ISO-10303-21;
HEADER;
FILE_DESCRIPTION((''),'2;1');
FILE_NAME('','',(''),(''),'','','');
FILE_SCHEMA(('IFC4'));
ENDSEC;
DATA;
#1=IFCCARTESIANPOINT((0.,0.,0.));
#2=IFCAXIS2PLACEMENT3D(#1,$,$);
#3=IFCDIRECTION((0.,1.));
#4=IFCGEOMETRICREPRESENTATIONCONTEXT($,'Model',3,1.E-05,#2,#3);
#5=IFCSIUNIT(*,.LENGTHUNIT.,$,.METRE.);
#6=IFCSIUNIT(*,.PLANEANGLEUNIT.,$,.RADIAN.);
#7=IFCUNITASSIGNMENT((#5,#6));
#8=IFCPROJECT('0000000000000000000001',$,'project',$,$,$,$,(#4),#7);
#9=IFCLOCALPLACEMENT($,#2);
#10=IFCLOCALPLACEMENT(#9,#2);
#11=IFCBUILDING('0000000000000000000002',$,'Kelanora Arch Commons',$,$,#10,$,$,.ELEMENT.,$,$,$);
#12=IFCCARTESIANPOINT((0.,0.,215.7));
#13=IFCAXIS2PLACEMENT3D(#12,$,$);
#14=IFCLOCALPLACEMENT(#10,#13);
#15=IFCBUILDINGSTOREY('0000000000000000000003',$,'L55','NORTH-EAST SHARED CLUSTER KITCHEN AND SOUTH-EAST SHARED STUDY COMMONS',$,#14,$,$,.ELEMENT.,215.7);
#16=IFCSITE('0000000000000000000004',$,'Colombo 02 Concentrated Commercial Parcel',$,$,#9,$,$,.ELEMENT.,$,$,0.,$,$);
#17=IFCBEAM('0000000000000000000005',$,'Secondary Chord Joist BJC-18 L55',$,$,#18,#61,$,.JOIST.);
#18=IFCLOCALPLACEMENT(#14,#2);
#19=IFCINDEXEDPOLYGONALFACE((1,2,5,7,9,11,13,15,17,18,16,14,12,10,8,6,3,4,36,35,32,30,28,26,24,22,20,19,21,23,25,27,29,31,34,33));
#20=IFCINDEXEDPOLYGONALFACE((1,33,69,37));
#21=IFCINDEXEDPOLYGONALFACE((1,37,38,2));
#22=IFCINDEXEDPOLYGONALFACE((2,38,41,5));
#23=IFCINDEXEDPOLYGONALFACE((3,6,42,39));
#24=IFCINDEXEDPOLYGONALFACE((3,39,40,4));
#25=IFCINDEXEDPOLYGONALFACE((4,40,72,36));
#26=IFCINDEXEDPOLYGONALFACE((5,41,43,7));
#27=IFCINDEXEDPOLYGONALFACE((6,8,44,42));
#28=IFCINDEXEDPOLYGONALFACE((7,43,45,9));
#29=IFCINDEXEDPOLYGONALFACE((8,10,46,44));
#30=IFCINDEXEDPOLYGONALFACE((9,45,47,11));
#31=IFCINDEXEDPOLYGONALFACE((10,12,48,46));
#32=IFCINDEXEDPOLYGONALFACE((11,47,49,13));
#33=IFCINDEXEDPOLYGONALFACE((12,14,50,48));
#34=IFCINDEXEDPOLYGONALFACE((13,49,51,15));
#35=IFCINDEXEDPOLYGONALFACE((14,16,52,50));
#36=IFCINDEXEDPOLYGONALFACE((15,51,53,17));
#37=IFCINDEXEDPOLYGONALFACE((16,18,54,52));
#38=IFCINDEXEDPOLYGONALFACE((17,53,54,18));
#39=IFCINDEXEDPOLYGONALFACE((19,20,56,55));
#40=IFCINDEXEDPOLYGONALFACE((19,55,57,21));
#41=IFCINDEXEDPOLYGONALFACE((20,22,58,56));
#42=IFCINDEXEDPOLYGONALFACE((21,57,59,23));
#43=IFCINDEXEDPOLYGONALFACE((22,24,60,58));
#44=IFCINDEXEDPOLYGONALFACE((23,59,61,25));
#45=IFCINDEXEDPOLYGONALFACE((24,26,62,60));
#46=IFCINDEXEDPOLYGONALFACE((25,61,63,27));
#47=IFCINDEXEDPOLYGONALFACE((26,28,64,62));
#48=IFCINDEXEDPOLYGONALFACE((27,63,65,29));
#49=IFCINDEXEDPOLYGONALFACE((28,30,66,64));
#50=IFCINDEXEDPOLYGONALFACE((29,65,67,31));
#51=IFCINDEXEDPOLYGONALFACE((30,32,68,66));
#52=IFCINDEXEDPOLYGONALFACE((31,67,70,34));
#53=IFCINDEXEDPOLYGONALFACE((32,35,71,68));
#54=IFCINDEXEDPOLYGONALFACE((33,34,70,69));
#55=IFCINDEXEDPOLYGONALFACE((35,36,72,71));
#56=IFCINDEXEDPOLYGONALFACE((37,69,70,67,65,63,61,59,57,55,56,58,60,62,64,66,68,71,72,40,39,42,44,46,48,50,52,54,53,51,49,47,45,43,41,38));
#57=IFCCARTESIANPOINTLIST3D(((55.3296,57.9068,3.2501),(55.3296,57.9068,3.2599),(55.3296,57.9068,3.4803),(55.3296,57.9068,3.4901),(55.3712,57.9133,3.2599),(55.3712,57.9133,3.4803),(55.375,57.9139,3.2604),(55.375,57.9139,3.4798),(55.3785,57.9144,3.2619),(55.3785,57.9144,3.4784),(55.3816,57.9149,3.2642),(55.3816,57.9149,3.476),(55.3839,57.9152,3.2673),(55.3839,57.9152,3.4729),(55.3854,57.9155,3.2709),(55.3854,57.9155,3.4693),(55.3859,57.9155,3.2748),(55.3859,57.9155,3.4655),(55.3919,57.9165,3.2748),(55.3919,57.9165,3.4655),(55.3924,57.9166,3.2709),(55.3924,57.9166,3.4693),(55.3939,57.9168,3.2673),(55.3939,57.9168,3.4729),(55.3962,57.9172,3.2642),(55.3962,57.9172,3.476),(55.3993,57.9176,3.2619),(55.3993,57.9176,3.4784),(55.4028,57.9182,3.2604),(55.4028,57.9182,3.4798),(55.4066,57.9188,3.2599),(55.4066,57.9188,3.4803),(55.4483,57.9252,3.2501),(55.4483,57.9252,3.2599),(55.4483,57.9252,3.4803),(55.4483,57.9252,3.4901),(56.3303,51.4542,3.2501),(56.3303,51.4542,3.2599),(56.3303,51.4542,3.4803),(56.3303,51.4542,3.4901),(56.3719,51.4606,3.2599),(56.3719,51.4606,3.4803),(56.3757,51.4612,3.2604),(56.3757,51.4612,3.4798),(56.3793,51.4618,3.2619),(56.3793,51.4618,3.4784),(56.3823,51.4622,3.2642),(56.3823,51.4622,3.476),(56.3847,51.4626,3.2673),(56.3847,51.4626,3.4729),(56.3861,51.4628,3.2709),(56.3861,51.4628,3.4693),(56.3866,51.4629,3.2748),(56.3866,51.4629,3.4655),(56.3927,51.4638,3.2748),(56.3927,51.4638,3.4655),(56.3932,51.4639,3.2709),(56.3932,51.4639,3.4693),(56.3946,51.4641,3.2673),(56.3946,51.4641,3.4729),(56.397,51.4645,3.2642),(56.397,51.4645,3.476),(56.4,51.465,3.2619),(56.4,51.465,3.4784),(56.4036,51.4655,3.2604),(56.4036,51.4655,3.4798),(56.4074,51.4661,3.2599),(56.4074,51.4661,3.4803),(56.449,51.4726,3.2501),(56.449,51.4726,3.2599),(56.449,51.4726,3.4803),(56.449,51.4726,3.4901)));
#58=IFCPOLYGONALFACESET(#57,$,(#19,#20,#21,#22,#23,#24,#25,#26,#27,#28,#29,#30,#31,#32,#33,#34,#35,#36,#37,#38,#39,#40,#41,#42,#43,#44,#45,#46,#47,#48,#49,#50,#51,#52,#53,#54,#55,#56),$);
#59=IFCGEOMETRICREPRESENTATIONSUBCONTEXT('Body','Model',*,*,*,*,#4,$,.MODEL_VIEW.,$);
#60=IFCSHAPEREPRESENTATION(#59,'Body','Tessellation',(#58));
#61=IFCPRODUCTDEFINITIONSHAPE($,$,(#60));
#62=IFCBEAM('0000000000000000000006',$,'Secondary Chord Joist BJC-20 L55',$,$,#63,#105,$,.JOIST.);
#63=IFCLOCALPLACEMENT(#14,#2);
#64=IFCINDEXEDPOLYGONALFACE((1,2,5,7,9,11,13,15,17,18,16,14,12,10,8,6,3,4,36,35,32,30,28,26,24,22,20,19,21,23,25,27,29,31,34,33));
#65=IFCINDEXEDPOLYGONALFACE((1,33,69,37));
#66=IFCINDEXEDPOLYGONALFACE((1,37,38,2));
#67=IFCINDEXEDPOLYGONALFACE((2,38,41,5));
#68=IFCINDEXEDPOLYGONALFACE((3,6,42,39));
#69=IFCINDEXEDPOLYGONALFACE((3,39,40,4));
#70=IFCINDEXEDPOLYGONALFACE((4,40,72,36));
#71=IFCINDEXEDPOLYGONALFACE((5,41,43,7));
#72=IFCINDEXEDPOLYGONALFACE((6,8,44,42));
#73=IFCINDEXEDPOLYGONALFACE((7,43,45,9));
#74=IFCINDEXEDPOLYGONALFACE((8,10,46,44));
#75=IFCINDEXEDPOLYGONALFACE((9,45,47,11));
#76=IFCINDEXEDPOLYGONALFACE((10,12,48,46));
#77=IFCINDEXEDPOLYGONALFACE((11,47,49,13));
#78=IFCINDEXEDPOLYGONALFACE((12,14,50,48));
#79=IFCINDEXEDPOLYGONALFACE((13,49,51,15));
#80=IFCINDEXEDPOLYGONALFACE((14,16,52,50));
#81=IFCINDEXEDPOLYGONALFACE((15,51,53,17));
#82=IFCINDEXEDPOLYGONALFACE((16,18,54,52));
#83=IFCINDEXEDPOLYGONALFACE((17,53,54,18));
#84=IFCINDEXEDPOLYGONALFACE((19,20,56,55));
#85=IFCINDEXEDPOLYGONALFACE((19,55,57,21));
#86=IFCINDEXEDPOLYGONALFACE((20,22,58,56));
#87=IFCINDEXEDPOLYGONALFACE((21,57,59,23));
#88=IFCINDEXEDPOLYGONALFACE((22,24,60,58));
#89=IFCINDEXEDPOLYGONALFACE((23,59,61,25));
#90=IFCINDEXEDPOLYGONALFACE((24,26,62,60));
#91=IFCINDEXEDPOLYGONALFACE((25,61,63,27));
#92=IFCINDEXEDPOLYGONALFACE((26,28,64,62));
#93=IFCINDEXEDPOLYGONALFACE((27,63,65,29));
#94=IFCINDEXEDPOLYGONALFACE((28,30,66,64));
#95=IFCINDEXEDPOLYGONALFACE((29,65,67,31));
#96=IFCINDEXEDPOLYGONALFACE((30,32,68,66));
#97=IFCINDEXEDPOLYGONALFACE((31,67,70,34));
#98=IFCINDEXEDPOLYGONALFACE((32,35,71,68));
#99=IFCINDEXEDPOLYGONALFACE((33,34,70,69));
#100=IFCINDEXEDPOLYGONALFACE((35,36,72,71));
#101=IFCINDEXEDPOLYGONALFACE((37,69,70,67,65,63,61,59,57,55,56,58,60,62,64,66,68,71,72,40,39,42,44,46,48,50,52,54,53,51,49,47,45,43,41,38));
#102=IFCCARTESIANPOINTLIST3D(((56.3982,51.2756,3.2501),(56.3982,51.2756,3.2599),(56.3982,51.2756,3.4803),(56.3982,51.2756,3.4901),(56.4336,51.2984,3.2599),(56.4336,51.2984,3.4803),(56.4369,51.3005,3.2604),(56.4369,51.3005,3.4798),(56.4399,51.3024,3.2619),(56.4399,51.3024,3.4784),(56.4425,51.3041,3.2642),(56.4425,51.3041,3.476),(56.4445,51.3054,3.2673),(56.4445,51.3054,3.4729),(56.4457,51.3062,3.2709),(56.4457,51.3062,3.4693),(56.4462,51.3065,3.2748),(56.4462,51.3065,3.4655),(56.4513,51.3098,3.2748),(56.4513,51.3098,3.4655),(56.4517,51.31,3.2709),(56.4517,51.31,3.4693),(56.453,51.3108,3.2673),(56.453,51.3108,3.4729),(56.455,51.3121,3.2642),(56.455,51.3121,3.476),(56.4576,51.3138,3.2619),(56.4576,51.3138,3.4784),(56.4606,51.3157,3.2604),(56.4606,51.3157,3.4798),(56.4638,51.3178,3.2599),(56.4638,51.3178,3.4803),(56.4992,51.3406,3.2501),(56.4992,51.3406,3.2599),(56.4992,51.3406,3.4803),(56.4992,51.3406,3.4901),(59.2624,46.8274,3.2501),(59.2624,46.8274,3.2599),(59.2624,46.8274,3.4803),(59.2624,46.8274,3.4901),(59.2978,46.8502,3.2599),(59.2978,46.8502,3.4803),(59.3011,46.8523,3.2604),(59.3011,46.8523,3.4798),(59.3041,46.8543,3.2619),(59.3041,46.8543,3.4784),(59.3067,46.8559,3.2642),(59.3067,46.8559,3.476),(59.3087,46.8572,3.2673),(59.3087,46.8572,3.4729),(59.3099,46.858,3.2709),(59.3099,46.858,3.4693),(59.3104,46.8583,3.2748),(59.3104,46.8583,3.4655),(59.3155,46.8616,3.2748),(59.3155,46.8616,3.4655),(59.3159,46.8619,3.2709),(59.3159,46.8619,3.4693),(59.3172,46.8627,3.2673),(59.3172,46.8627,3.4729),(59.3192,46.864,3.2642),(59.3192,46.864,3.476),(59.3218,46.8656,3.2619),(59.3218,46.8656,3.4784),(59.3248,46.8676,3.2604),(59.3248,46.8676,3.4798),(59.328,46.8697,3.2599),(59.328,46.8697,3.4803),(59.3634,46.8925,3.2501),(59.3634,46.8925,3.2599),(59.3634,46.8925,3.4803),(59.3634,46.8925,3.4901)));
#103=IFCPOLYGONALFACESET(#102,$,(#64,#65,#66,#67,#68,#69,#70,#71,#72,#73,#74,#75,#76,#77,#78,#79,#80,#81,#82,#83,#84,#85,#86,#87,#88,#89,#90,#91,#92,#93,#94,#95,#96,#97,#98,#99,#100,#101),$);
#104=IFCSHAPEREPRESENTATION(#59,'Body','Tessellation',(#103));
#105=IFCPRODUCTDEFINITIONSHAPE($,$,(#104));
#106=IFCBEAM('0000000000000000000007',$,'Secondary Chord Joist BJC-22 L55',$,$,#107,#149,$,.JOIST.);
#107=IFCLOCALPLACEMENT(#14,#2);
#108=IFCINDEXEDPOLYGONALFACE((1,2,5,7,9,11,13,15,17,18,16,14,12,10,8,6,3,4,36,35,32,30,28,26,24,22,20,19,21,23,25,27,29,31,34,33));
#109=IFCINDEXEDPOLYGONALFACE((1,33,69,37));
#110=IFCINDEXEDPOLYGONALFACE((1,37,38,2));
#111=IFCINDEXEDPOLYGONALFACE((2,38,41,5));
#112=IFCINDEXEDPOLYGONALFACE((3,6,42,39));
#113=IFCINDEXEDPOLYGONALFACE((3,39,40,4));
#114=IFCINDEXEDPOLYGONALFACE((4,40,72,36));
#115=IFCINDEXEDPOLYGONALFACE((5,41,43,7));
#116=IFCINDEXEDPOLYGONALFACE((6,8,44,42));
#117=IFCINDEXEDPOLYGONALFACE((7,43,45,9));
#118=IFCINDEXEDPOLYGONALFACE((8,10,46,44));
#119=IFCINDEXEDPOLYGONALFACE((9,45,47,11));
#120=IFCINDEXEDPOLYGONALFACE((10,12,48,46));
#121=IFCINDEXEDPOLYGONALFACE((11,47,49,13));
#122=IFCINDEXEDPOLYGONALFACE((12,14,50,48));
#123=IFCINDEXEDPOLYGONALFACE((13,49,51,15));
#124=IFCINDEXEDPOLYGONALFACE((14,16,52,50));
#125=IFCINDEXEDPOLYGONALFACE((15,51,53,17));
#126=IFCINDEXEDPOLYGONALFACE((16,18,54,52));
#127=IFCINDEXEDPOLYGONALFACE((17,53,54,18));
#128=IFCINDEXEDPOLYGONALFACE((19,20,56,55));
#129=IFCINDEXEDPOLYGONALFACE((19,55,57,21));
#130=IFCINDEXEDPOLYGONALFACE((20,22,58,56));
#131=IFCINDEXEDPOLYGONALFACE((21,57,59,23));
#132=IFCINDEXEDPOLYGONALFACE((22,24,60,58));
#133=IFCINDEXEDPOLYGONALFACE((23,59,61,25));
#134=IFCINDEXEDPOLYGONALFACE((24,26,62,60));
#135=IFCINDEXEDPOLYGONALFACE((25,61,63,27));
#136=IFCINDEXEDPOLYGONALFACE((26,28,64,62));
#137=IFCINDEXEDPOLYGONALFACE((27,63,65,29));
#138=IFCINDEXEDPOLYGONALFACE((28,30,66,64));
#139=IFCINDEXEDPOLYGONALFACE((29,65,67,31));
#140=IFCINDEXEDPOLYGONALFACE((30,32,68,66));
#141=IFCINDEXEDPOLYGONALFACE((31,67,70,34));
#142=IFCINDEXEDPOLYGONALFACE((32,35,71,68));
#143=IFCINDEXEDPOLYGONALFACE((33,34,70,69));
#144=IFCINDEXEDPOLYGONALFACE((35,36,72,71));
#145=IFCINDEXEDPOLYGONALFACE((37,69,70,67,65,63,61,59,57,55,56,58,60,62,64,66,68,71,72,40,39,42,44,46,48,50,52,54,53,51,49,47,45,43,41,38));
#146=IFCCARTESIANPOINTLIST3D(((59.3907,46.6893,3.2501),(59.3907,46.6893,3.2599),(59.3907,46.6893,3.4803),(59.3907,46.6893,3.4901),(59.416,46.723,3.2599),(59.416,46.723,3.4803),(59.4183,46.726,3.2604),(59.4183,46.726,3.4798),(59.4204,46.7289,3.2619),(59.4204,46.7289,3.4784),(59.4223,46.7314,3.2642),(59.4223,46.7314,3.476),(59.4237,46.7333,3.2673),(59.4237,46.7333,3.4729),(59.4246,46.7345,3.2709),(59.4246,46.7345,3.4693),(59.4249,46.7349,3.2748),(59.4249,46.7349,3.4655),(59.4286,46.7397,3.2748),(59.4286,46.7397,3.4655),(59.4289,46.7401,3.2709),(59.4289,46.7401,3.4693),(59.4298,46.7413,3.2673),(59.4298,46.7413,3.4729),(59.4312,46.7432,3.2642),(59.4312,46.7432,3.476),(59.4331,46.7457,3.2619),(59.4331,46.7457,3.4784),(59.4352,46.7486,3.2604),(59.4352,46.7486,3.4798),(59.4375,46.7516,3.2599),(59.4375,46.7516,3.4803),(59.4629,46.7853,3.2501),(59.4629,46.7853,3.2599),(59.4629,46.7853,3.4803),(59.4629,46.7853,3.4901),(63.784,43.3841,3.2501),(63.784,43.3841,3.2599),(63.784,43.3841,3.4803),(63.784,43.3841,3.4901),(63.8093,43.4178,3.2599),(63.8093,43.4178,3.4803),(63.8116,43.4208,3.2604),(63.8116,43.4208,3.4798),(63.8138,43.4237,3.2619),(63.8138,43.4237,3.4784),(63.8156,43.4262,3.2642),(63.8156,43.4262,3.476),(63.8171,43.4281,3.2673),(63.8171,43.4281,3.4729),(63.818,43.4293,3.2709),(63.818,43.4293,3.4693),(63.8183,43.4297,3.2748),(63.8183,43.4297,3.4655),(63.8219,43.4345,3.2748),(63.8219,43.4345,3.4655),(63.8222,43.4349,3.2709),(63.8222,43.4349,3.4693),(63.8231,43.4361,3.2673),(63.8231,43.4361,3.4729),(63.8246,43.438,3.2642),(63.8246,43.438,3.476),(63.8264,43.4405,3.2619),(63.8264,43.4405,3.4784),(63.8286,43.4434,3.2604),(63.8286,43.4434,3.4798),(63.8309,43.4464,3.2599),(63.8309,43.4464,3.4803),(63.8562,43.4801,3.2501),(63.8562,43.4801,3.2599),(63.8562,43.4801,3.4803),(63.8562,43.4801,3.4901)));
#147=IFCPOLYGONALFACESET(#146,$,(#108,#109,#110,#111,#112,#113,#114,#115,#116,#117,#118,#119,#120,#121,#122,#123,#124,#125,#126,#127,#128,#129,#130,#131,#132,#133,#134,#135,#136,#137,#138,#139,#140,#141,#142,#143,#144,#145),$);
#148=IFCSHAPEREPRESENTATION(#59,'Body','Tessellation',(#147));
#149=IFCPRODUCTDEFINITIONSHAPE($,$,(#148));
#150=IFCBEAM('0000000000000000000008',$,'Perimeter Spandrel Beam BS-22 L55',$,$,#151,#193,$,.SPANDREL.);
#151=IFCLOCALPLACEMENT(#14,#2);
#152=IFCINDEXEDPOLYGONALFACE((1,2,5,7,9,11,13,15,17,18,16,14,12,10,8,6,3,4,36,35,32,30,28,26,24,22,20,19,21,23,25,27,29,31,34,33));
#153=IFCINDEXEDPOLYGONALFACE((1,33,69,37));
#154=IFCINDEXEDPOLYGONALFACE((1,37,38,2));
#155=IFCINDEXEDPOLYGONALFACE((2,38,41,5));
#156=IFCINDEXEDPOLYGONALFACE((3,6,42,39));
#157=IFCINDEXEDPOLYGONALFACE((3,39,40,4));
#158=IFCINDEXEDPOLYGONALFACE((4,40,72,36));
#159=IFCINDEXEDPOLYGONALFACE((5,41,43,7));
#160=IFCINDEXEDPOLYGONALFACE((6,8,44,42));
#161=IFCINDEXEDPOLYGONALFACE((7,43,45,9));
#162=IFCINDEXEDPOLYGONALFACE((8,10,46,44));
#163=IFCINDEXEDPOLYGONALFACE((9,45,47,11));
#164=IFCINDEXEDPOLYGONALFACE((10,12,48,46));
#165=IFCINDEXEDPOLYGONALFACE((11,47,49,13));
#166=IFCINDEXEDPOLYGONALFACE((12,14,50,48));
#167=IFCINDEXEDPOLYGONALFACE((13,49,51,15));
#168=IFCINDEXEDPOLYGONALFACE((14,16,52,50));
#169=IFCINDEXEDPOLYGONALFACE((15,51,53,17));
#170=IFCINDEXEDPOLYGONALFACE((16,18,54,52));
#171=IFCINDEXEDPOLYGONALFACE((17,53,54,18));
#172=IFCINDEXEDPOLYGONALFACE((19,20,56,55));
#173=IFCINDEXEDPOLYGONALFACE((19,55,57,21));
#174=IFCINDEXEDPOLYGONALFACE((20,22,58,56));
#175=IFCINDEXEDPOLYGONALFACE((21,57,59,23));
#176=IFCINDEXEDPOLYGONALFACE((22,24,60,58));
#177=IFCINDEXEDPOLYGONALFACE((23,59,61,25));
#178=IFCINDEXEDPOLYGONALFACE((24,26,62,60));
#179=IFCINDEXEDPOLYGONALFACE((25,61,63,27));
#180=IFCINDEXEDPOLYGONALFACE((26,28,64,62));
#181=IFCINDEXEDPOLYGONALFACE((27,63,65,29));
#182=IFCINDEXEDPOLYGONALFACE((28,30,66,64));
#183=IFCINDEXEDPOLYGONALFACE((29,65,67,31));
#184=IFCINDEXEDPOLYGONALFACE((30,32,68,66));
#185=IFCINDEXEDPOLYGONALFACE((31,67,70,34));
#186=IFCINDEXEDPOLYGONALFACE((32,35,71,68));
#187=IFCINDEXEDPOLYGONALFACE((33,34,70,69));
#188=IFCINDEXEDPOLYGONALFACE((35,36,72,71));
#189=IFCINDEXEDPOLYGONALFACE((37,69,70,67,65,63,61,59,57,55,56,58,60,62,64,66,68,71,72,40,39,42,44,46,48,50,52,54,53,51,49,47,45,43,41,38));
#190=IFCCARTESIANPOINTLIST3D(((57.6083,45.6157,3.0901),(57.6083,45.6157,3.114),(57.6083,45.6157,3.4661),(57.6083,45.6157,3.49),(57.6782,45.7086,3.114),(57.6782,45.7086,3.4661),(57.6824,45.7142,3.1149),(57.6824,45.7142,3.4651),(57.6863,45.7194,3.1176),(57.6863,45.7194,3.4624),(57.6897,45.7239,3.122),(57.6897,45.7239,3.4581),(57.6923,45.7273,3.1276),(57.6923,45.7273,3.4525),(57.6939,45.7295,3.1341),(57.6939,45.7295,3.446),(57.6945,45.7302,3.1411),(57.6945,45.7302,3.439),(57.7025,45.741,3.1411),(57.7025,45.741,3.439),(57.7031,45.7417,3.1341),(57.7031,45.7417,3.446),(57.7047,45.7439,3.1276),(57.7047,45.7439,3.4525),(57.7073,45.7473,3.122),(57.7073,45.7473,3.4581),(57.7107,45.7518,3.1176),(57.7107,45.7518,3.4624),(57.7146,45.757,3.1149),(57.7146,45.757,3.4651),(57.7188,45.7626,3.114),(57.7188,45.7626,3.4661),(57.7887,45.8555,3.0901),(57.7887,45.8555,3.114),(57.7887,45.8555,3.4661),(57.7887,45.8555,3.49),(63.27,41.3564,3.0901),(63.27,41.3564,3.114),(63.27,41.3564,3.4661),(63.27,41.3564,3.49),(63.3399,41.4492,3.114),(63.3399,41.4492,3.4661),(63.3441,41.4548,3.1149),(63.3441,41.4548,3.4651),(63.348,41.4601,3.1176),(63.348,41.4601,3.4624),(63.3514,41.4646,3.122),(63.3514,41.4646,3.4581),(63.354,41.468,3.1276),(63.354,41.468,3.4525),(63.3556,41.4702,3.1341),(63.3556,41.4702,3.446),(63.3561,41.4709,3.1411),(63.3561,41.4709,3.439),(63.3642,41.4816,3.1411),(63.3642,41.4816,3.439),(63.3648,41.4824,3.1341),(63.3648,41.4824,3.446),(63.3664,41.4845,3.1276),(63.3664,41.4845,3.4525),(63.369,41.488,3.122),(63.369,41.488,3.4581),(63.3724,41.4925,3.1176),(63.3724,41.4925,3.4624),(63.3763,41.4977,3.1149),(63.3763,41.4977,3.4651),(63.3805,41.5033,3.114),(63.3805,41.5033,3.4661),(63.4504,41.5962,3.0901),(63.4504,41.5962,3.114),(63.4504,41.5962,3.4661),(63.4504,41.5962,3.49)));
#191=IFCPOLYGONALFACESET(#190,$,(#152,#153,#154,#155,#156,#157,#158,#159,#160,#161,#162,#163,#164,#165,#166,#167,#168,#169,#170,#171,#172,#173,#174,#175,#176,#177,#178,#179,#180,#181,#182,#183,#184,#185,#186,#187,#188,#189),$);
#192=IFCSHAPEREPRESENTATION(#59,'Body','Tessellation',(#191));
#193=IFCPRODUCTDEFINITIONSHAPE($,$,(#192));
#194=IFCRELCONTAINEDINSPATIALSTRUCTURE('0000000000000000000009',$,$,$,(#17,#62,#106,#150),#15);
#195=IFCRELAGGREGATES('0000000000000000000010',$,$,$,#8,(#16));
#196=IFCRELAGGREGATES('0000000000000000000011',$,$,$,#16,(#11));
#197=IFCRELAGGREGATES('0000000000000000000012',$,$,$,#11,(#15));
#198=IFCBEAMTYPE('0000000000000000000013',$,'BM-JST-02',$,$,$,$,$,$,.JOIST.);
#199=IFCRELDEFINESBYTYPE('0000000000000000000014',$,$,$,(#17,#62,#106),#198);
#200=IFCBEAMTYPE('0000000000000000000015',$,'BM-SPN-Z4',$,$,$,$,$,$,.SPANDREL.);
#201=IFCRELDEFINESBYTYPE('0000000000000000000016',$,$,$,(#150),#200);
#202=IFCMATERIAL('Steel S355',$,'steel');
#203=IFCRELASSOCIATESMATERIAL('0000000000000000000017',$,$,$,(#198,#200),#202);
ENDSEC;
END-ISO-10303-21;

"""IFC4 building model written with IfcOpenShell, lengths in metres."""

from ifc_helpers import new_model, si_unit, direction, frame, origin, origin_2d, place, context, subcontext, project, spatial, i_section, extrude, material, material_profile, profile_set, type_object, element, save


model = new_model("IFC4")

# Units and contexts
model_context = context("Model", 3, precision=1e-05, world=origin(), true_north=direction((0.0, 1.0)))
body_context = subcontext(model_context, "Body", "Model", "MODEL_VIEW")
ifc_project = project(units=[si_unit("LENGTHUNIT", "METRE"), si_unit("PLANEANGLEUNIT", "RADIAN")], contexts=[model_context])

# Site, building, storey
site_placement = place(None, origin())
site = spatial("IfcSite", under=ifc_project, at=site_placement, Name="Colombo 02 Concentrated Commercial Parcel", CompositionType="ELEMENT", RefElevation=0.0)
building_placement = place(site_placement, origin())
building = spatial("IfcBuilding", under=site, at=building_placement, Name="Kelanora Arch Commons", CompositionType="ELEMENT")
storey_placement = place(building_placement, frame((0.0, 0.0, 215.7)))
storey = spatial("IfcBuildingStorey", under=building, at=storey_placement, Name="L55", Description="NORTH-EAST SHARED CLUSTER KITCHEN AND SOUTH-EAST SHARED STUDY COMMONS", CompositionType="ELEMENT", Elevation=215.7)

# Beams
ifc_material_1 = material(Name="Steel S355", Category="steel")
ifc_material_profile_1 = material_profile(ifc_material_1, i_section(OverallWidth=0.1201, OverallDepth=0.24, WebThickness=0.0061, FlangeThickness=0.0098, FilletRadius=0.0149, at=origin_2d()), Name="IPE240")
ifc_profile_set_1 = profile_set([ifc_material_profile_1], Name="Steel S355")
beam_type_1 = type_object("IfcBeamType", Name="BM-JST-02", PredefinedType="JOIST", material=ifc_profile_set_1)
beam_1_placement = place(storey_placement, frame((55.3889, 57.916, 3.3701), z_axis=(0.153257, -0.988186, 0.0), x_axis=(0.988186, 0.153257, 0.0)))
element("IfcBeam", 1, at=beam_1_placement, inside=storey, type_object=beam_type_1, Name="Secondary Chord Joist BJC-18 L55", PredefinedType="JOIST", context=body_context, shape_type="SweptSolid", body=[
    extrude(i_section(OverallWidth=0.1201, OverallDepth=0.24, WebThickness=0.0061, FlangeThickness=0.0098, FilletRadius=0.0149, at=origin_2d()), origin(), (0.0, 0.0, 1.0), 6.5298),
])
beam_2_placement = place(storey_placement, frame((56.4487, 51.3081, 3.3701), z_axis=(0.541382, -0.840776, 0.0), x_axis=(0.840776, 0.541382, 0.0)))
element("IfcBeam", 2, at=beam_2_placement, inside=storey, type_object=beam_type_1, Name="Secondary Chord Joist BJC-20 L55", PredefinedType="JOIST", context=body_context, shape_type="SweptSolid", body=[
    extrude(i_section(OverallWidth=0.1201, OverallDepth=0.24, WebThickness=0.0061, FlangeThickness=0.0098, FilletRadius=0.0149, at=origin_2d()), origin(), (0.0, 0.0, 1.0), 5.2905),
])
beam_3_placement = place(storey_placement, frame((59.4268, 46.7373, 3.3701), z_axis=(0.799109, -0.601186, 0.0), x_axis=(0.601186, 0.799109, 0.0)))
element("IfcBeam", 3, at=beam_3_placement, inside=storey, type_object=beam_type_1, Name="Secondary Chord Joist BJC-22 L55", PredefinedType="JOIST", context=body_context, shape_type="SweptSolid", body=[
    extrude(i_section(OverallWidth=0.1201, OverallDepth=0.24, WebThickness=0.0061, FlangeThickness=0.0098, FilletRadius=0.0149, at=origin_2d()), origin(), (0.0, 0.0, 1.0), 5.4978),
])
ifc_material_profile_2 = material_profile(ifc_material_1, i_section(OverallWidth=0.3, OverallDepth=0.3999, WebThickness=0.0134, FlangeThickness=0.0239, FilletRadius=0.0271, at=origin_2d()), Name="HEB400")
ifc_profile_set_2 = profile_set([ifc_material_profile_2], Name="Steel S355")
beam_type_2 = type_object("IfcBeamType", Name="BM-SPN-Z4", PredefinedType="SPANDREL", material=ifc_profile_set_2)
beam_4_placement = place(storey_placement, frame((57.6985, 45.7356, 3.29), z_axis=(0.799114, -0.601179, 0.0), x_axis=(0.601179, 0.799114, 0.0)))
element("IfcBeam", 4, at=beam_4_placement, inside=storey, type_object=beam_type_2, Name="Perimeter Spandrel Beam BS-22 L55", PredefinedType="SPANDREL", context=body_context, shape_type="SweptSolid", body=[
    extrude(i_section(OverallWidth=0.3, OverallDepth=0.3999, WebThickness=0.0134, FlangeThickness=0.0239, FilletRadius=0.0271, at=origin_2d()), origin(), (0.0, 0.0, 1.0), 7.085),
])

save(model, "model.ifc")
